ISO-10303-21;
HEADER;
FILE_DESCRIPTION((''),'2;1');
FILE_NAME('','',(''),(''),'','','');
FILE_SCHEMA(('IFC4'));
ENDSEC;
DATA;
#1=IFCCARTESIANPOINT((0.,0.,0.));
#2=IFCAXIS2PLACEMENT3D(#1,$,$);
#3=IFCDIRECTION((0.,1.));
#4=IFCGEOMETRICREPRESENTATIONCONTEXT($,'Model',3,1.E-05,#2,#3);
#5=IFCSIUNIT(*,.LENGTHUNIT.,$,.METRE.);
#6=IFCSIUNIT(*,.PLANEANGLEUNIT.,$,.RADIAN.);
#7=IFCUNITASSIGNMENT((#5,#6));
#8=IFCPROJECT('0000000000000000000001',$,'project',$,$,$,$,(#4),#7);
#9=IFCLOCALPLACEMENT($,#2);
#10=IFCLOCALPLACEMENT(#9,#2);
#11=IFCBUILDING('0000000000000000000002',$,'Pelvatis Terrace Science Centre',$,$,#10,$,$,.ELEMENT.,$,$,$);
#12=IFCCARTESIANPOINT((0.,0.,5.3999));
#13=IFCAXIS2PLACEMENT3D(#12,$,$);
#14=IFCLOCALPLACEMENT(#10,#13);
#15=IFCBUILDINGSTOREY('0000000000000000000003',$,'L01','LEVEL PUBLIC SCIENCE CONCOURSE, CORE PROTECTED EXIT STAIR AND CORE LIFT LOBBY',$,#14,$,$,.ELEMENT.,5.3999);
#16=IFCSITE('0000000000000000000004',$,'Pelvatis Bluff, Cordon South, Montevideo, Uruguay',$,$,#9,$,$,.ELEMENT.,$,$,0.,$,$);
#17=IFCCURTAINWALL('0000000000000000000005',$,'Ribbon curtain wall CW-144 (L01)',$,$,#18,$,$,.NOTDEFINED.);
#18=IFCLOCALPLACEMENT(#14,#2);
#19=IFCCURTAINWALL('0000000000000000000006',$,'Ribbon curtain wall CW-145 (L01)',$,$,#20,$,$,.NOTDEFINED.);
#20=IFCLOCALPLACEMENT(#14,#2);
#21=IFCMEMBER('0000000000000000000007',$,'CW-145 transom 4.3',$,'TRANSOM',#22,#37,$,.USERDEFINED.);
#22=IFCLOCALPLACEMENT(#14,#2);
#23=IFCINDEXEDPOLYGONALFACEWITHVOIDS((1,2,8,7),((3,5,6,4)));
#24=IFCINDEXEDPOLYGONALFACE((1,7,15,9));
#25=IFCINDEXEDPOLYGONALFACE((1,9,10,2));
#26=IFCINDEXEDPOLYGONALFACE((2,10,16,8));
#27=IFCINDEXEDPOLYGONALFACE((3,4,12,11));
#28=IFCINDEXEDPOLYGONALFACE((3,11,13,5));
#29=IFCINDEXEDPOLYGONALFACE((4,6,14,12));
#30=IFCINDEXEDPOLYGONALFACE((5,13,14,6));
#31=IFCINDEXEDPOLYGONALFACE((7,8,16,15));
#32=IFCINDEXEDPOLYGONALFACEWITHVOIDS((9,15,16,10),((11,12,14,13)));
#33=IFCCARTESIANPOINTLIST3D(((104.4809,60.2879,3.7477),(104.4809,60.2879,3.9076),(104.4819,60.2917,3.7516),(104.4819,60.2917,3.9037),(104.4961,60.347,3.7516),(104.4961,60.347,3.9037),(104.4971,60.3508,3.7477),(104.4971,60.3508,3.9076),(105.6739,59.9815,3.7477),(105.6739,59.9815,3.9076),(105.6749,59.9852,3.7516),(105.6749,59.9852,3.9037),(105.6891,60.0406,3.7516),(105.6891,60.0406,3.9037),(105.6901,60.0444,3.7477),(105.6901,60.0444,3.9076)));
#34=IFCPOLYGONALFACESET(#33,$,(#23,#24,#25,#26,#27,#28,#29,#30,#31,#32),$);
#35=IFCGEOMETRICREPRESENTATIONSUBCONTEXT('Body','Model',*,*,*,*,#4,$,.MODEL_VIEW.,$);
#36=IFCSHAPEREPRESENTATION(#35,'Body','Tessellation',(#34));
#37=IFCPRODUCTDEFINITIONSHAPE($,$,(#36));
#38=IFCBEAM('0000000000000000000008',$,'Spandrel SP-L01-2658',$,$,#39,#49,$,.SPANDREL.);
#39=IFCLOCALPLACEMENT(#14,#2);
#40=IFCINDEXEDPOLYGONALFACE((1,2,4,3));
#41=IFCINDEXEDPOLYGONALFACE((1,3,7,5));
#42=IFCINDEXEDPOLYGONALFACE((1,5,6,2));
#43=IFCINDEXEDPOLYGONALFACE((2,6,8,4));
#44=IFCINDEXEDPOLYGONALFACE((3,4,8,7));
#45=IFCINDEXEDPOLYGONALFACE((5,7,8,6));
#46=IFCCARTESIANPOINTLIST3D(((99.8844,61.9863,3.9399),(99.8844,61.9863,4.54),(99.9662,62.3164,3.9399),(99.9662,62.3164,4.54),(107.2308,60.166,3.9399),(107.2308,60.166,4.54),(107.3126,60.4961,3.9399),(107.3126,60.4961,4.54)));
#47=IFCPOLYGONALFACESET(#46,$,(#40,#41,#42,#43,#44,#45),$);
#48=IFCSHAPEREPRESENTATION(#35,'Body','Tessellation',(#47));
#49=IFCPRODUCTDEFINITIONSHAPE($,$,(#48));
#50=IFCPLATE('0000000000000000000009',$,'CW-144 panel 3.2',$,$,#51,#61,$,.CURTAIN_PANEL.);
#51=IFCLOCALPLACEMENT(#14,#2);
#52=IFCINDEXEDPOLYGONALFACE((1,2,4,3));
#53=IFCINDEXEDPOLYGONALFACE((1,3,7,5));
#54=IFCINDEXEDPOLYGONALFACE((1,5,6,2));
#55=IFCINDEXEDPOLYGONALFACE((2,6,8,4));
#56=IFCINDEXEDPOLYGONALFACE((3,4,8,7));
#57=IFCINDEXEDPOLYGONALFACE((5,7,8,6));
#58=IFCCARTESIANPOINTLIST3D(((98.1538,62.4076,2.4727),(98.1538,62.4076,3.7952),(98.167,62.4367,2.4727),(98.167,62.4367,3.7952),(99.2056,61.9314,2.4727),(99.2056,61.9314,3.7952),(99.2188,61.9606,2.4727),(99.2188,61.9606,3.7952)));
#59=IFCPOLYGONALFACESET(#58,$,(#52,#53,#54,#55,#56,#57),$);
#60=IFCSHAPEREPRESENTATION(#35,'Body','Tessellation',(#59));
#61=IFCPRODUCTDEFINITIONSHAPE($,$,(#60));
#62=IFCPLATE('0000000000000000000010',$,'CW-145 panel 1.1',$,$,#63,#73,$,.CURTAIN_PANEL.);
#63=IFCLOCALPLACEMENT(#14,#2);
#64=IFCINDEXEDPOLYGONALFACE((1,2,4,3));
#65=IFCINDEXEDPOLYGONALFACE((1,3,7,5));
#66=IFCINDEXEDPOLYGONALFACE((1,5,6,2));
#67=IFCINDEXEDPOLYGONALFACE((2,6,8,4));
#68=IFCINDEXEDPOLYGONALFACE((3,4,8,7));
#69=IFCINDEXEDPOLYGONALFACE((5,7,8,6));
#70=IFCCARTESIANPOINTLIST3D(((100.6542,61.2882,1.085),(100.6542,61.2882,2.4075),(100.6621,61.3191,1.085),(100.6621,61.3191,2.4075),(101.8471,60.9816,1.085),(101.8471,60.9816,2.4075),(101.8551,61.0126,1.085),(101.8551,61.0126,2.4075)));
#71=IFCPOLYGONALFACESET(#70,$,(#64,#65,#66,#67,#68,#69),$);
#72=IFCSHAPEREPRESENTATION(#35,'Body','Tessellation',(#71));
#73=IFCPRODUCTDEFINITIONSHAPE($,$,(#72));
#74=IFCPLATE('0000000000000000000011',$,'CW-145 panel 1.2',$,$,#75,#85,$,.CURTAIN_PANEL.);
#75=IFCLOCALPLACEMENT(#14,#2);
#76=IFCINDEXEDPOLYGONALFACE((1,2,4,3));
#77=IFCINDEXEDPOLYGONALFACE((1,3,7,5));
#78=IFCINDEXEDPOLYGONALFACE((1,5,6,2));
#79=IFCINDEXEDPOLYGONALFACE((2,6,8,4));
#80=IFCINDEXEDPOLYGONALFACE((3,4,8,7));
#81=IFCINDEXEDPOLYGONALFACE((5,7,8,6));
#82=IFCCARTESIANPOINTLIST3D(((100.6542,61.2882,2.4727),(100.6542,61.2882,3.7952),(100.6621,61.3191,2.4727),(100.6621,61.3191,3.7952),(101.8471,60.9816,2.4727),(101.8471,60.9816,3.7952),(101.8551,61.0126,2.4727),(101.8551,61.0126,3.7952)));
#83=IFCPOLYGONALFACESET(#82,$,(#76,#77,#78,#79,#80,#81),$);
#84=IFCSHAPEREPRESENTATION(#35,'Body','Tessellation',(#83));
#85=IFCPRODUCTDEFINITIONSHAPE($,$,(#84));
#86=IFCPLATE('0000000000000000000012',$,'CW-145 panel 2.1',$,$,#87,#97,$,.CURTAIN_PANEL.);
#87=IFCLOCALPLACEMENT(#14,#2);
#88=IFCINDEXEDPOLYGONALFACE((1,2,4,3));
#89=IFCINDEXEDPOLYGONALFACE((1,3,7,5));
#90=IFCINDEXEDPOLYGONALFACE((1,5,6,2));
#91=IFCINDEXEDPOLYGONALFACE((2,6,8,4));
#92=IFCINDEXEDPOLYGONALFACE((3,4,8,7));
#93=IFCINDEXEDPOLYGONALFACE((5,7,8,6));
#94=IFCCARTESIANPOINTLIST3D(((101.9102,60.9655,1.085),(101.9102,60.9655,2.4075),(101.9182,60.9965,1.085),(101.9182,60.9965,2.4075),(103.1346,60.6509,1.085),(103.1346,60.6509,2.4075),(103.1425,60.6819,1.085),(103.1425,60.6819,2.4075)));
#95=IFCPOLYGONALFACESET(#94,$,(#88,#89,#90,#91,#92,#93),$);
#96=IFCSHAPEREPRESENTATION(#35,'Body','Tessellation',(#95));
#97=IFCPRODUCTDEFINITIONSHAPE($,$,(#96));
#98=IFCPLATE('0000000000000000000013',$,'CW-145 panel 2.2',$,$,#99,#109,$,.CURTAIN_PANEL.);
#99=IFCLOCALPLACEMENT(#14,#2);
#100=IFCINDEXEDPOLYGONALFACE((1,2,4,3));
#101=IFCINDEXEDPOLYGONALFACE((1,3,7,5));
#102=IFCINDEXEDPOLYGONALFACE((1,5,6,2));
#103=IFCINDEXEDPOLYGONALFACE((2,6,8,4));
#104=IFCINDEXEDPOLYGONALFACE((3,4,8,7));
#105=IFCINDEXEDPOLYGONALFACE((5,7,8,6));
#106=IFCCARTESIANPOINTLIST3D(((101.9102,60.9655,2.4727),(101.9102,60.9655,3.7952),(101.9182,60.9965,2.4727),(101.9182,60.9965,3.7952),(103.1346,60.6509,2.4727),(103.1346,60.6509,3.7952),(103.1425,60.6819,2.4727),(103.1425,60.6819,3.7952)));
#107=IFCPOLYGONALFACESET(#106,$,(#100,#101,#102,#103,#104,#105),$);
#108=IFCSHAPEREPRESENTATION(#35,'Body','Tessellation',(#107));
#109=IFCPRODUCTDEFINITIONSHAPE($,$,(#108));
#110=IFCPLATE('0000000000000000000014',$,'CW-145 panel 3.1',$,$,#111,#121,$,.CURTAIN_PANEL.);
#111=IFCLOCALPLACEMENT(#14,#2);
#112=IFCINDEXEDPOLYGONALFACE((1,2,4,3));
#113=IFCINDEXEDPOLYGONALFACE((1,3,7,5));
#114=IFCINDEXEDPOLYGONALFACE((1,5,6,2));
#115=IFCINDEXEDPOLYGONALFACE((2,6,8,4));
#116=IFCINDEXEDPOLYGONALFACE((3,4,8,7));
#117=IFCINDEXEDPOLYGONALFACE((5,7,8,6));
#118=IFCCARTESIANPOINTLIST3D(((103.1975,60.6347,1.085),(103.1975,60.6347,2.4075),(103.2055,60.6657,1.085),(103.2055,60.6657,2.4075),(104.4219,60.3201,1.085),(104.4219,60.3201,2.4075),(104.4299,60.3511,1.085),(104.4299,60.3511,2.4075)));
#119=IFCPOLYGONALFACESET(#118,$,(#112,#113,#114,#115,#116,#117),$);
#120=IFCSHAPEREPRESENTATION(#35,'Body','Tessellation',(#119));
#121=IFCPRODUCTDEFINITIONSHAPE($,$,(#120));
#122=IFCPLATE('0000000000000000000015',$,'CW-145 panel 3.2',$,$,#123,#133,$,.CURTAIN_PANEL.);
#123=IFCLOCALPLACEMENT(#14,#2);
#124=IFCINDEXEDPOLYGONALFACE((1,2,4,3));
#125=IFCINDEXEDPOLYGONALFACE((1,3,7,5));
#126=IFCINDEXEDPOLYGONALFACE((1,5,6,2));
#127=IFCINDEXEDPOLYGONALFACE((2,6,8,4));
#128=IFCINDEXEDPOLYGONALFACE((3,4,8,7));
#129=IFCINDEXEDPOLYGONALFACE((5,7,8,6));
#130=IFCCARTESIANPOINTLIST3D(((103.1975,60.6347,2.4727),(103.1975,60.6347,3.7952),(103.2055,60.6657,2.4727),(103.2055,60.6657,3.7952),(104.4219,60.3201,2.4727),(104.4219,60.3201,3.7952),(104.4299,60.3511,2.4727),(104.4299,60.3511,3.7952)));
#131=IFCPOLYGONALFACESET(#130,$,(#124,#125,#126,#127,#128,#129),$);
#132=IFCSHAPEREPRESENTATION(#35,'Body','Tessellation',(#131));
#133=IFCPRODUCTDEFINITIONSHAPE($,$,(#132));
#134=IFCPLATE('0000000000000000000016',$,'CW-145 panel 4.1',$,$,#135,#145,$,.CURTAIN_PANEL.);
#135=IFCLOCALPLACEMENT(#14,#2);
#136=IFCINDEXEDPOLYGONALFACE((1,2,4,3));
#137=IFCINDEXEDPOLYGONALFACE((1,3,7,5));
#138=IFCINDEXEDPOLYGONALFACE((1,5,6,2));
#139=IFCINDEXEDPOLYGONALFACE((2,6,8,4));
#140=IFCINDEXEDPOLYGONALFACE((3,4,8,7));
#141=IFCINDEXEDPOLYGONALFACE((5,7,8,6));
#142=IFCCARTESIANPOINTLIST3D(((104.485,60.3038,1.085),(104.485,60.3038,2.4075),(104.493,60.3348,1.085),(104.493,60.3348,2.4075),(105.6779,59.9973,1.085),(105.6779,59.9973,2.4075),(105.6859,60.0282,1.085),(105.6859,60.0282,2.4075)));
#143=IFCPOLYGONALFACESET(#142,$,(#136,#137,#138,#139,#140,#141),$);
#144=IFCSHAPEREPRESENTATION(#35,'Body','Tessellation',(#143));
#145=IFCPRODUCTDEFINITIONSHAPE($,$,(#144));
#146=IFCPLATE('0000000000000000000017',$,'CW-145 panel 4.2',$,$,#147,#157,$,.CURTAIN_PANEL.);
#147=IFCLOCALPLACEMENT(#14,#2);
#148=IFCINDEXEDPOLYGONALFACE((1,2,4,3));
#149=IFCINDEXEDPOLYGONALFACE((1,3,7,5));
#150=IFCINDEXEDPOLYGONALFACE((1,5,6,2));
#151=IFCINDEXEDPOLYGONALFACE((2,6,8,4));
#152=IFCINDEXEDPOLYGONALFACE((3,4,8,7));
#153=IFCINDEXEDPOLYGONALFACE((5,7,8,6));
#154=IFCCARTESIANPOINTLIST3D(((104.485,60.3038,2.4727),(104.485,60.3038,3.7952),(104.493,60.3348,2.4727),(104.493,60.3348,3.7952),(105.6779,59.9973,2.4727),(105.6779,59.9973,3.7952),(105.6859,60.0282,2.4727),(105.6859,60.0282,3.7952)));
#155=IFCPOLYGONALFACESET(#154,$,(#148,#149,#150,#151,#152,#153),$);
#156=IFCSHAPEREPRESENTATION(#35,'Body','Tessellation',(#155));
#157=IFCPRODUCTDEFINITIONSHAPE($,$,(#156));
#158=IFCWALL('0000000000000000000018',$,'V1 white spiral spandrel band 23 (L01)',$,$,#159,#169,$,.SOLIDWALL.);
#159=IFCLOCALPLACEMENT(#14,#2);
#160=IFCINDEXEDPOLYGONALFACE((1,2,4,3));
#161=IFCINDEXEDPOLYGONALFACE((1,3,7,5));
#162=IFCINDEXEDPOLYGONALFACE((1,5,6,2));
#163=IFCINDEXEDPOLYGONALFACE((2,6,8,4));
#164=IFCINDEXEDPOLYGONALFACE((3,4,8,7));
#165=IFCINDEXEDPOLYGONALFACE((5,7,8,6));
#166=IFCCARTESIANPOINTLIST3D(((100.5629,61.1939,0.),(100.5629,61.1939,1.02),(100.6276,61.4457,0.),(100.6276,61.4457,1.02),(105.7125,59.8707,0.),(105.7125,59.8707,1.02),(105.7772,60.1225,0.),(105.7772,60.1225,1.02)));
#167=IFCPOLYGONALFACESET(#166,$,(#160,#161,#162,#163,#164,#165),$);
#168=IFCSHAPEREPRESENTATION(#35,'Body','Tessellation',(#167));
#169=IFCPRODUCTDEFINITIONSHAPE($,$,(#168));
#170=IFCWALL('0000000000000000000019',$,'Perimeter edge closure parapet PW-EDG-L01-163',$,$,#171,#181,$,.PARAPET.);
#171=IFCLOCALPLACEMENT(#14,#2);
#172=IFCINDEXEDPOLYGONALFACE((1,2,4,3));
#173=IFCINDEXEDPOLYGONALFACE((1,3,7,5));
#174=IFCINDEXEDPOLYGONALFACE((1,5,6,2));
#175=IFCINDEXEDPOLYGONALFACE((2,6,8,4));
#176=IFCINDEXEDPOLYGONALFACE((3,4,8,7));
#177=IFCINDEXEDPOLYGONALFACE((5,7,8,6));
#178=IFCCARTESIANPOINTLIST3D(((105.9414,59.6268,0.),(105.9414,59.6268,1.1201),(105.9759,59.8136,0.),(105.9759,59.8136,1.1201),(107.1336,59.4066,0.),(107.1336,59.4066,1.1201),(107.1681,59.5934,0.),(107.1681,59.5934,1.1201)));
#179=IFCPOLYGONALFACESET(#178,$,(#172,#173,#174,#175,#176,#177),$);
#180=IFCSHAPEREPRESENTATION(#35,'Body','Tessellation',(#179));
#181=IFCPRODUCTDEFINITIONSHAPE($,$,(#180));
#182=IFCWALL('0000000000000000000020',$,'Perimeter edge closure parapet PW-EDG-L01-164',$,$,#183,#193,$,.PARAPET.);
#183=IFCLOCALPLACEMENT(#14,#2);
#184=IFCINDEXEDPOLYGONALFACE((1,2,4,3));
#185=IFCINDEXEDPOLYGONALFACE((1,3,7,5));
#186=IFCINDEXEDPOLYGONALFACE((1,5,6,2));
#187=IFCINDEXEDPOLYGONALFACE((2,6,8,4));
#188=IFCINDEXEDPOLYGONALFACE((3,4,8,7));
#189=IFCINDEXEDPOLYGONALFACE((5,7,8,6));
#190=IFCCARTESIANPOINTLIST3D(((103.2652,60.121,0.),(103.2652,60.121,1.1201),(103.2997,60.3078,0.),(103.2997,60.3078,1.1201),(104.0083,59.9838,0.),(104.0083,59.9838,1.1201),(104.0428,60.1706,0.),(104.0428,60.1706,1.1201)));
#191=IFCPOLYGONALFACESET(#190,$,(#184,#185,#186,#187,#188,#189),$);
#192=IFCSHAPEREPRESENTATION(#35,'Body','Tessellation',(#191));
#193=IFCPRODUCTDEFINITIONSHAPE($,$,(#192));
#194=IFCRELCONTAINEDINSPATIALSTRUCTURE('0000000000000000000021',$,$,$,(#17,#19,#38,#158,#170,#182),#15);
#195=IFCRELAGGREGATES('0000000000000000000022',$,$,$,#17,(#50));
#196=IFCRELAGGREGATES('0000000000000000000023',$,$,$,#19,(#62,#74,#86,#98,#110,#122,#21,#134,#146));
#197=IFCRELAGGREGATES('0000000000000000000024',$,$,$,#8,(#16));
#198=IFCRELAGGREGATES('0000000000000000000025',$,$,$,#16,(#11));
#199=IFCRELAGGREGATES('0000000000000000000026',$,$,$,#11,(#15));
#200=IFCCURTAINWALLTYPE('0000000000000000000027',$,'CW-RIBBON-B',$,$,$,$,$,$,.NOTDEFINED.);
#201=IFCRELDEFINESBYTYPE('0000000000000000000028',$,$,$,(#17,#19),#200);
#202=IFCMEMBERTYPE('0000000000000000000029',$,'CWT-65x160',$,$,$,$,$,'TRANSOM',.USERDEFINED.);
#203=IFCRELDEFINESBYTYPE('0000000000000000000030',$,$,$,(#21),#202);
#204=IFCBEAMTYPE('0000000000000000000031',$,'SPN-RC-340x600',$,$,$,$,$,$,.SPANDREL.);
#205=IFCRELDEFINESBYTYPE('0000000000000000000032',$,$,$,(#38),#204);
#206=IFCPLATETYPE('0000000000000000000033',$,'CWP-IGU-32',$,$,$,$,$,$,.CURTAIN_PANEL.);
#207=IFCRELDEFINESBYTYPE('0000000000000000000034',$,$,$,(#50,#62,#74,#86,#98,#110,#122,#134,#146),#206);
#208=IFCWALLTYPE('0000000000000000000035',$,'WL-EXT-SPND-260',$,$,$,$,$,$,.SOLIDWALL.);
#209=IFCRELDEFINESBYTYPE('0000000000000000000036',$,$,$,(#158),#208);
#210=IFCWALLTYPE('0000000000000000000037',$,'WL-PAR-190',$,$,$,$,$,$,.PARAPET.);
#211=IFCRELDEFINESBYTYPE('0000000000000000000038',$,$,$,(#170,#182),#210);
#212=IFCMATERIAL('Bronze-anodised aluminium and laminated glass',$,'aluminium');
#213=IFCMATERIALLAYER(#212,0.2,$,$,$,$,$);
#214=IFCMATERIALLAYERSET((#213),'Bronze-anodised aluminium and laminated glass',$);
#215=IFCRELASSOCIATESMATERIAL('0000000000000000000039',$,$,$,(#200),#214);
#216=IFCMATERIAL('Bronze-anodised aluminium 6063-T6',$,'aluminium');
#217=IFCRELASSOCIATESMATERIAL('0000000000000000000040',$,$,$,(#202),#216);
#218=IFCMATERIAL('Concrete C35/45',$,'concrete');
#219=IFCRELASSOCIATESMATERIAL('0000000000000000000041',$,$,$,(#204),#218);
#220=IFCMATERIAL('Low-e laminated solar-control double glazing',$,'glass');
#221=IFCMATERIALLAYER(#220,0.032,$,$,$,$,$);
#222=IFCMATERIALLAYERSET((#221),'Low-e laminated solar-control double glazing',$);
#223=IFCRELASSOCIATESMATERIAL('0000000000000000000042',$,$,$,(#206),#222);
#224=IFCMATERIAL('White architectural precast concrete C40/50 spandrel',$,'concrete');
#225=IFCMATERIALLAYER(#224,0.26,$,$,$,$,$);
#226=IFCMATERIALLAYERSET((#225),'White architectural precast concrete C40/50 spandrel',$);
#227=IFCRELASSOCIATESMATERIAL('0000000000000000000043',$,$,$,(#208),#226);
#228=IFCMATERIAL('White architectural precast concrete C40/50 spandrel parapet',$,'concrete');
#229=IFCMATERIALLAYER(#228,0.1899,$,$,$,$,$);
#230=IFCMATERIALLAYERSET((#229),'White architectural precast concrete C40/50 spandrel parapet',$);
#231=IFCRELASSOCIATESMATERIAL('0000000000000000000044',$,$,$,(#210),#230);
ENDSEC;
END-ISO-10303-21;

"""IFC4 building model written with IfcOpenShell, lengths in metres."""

from ifc_helpers import new_model, si_unit, direction, frame, frame_2d, origin, origin_2d, place, context, subcontext, project, spatial, rectangle, hollow_rectangle, extrude, material, layer, layer_set, material_profile, profile_set, type_object, element, aggregate, save


model = new_model("IFC4")

# Units and contexts
model_context = context("Model", 3, precision=1e-05, world=origin(), true_north=direction((0.0, 1.0)))
body_context = subcontext(model_context, "Body", "Model", "MODEL_VIEW")
ifc_project = project(units=[si_unit("LENGTHUNIT", "METRE"), si_unit("PLANEANGLEUNIT", "RADIAN")], contexts=[model_context])

# Site, building, storey
site_placement = place(None, origin())
site = spatial("IfcSite", under=ifc_project, at=site_placement, Name="Pelvatis Bluff, Cordon South, Montevideo, Uruguay", CompositionType="ELEMENT", RefElevation=0.0)
building_placement = place(site_placement, origin())
building = spatial("IfcBuilding", under=site, at=building_placement, Name="Pelvatis Terrace Science Centre", CompositionType="ELEMENT")
storey_placement = place(building_placement, frame((0.0, 0.0, 5.3999)))
storey = spatial("IfcBuildingStorey", under=building, at=storey_placement, Name="L01", Description="LEVEL PUBLIC SCIENCE CONCOURSE, CORE PROTECTED EXIT STAIR AND CORE LIFT LOBBY", CompositionType="ELEMENT", Elevation=5.3999)

# Curtain wall
ifc_material_1 = material(Name="Bronze-anodised aluminium and laminated glass", Category="aluminium")
ifc_layer_1 = layer(ifc_material_1, 0.2)
ifc_layer_set_1 = layer_set([ifc_layer_1], Name="Bronze-anodised aluminium and laminated glass")
curtain_wall_type = type_object("IfcCurtainWallType", Name="CW-RIBBON-B", PredefinedType="NOTDEFINED", material=ifc_layer_set_1)
curtain_wall_1_placement = place(storey_placement, origin())
curtain_wall_1 = element("IfcCurtainWall", 1, at=curtain_wall_1_placement, inside=storey, type_object=curtain_wall_type, Name="Ribbon curtain wall CW-144 (L01)", PredefinedType="NOTDEFINED")

# Curtain wall, member
curtain_wall_2_placement = place(storey_placement, origin())
curtain_wall_2 = element("IfcCurtainWall", 2, at=curtain_wall_2_placement, inside=storey, type_object=curtain_wall_type, Name="Ribbon curtain wall CW-145 (L01)", PredefinedType="NOTDEFINED")
ifc_material_2 = material(Name="Bronze-anodised aluminium 6063-T6", Category="aluminium")
ifc_material_profile_1 = material_profile(ifc_material_2, hollow_rectangle(XDim=0.0649, YDim=0.1599, WallThickness=0.0039, at=origin_2d()), Name="ALU-TRN 65x160")
ifc_profile_set_1 = profile_set([ifc_material_profile_1], Name="Bronze-anodised aluminium 6063-T6")
member_type_1 = type_object("IfcMemberType", Name="CWT-65x160", ElementType="TRANSOM", PredefinedType="USERDEFINED", material=ifc_profile_set_1)
member_1_placement = place(storey_placement, frame((104.489, 60.3193, 3.8276), z_axis=(0.96856, -0.248781, 0.0), x_axis=(0.248781, 0.96856, 0.0)))
member_1 = element("IfcMember", 3, at=member_1_placement, type_object=member_type_1, Name="CW-145 transom 4.3", ObjectType="TRANSOM", PredefinedType="USERDEFINED", context=body_context, shape_type="SweptSolid", body=[
    extrude(hollow_rectangle(XDim=0.0649, YDim=0.1599, WallThickness=0.0039, at=origin_2d()), origin(), (0.0, 0.0, 1.0), 1.2317),
])

# Beam
ifc_material_3 = material(Name="Concrete C35/45", Category="concrete")
ifc_material_profile_2 = material_profile(ifc_material_3, rectangle(XDim=0.3401, YDim=0.6001, at=origin_2d()), Name="RC-SPN 340x600")
ifc_profile_set_2 = profile_set([ifc_material_profile_2], Name="Concrete C35/45")
beam_type_1 = type_object("IfcBeamType", Name="SPN-RC-340x600", PredefinedType="SPANDREL", material=ifc_profile_set_2)
beam_1_placement = place(storey_placement, frame((99.9253, 62.1514, 4.24), z_axis=(0.970647, -0.240509, 0.0), x_axis=(0.240509, 0.970647, 0.0)))
element("IfcBeam", 4, at=beam_1_placement, inside=storey, type_object=beam_type_1, Name="Spandrel SP-L01-2658", PredefinedType="SPANDREL", context=body_context, shape_type="SweptSolid", body=[
    extrude(rectangle(XDim=0.3401, YDim=0.6001, at=origin_2d()), origin(), (0.0, 0.0, 1.0), 7.5686),
])

# Plates
ifc_material_4 = material(Name="Low-e laminated solar-control double glazing", Category="glass")
ifc_layer_2 = layer(ifc_material_4, 0.032)
ifc_layer_set_2 = layer_set([ifc_layer_2], Name="Low-e laminated solar-control double glazing")
plate_type = type_object("IfcPlateType", Name="CWP-IGU-32", PredefinedType="CURTAIN_PANEL", material=ifc_layer_set_2)
plate_1_placement = place(storey_placement, frame((98.6863, 62.1841, 2.4727), z_axis=(0.0, 0.0, 1.0), x_axis=(0.910989, -0.41243, 0.0)))
plate_1 = element("IfcPlate", 5, at=plate_1_placement, type_object=plate_type, Name="CW-144 panel 3.2", PredefinedType="CURTAIN_PANEL", context=body_context, shape_type="SweptSolid", body=[
    extrude(rectangle(XDim=1.1545, YDim=0.032, at=origin_2d()), origin(), (0.0, 0.0, 1.0), 1.3225),
])
aggregate(curtain_wall_1, [plate_1])
plate_2_placement = place(storey_placement, frame((101.2546, 61.1504, 1.085), z_axis=(0.0, 0.0, 1.0), x_axis=(0.968541, -0.248855, 0.0)))
plate_2 = element("IfcPlate", 6, at=plate_2_placement, type_object=plate_type, Name="CW-145 panel 1.1", PredefinedType="CURTAIN_PANEL", context=body_context, shape_type="SweptSolid", body=[
    extrude(rectangle(XDim=1.2317, YDim=0.032, at=origin_2d()), origin(), (0.0, 0.0, 1.0), 1.3225),
])
plate_3_placement = place(storey_placement, frame((101.2546, 61.1504, 2.4727), z_axis=(0.0, 0.0, 1.0), x_axis=(0.968541, -0.248855, 0.0)))
plate_3 = element("IfcPlate", 7, at=plate_3_placement, type_object=plate_type, Name="CW-145 panel 1.2", PredefinedType="CURTAIN_PANEL", context=body_context, shape_type="SweptSolid", body=[
    extrude(rectangle(XDim=1.2317, YDim=0.032, at=origin_2d()), origin(), (0.0, 0.0, 1.0), 1.3225),
])
plate_4_placement = place(storey_placement, frame((102.5264, 60.8237, 1.085), z_axis=(0.0, 0.0, 1.0), x_axis=(0.968541, -0.248855, 0.0)))
plate_4 = element("IfcPlate", 8, at=plate_4_placement, type_object=plate_type, Name="CW-145 panel 2.1", PredefinedType="CURTAIN_PANEL", context=body_context, shape_type="SweptSolid", body=[
    extrude(rectangle(XDim=1.2642, YDim=0.032, at=origin_2d()), origin(), (0.0, 0.0, 1.0), 1.3225),
])
plate_5_placement = place(storey_placement, frame((102.5264, 60.8237, 2.4727), z_axis=(0.0, 0.0, 1.0), x_axis=(0.968541, -0.248855, 0.0)))
plate_5 = element("IfcPlate", 9, at=plate_5_placement, type_object=plate_type, Name="CW-145 panel 2.2", PredefinedType="CURTAIN_PANEL", context=body_context, shape_type="SweptSolid", body=[
    extrude(rectangle(XDim=1.2642, YDim=0.032, at=origin_2d()), origin(), (0.0, 0.0, 1.0), 1.3225),
])
plate_6_placement = place(storey_placement, frame((103.8137, 60.4929, 1.085), z_axis=(0.0, 0.0, 1.0), x_axis=(0.968541, -0.248855, 0.0)))
plate_6 = element("IfcPlate", 10, at=plate_6_placement, type_object=plate_type, Name="CW-145 panel 3.1", PredefinedType="CURTAIN_PANEL", context=body_context, shape_type="SweptSolid", body=[
    extrude(rectangle(XDim=1.2642, YDim=0.032, at=origin_2d()), origin(), (0.0, 0.0, 1.0), 1.3225),
])
plate_7_placement = place(storey_placement, frame((103.8137, 60.4929, 2.4727), z_axis=(0.0, 0.0, 1.0), x_axis=(0.968541, -0.248855, 0.0)))
plate_7 = element("IfcPlate", 11, at=plate_7_placement, type_object=plate_type, Name="CW-145 panel 3.2", PredefinedType="CURTAIN_PANEL", context=body_context, shape_type="SweptSolid", body=[
    extrude(rectangle(XDim=1.2642, YDim=0.032, at=origin_2d()), origin(), (0.0, 0.0, 1.0), 1.3225),
])
plate_8_placement = place(storey_placement, frame((105.0854, 60.166, 1.085), z_axis=(0.0, 0.0, 1.0), x_axis=(0.968541, -0.248855, 0.0)))
plate_8 = element("IfcPlate", 12, at=plate_8_placement, type_object=plate_type, Name="CW-145 panel 4.1", PredefinedType="CURTAIN_PANEL", context=body_context, shape_type="SweptSolid", body=[
    extrude(rectangle(XDim=1.2317, YDim=0.032, at=origin_2d()), origin(), (0.0, 0.0, 1.0), 1.3225),
])
plate_9_placement = place(storey_placement, frame((105.0854, 60.166, 2.4727), z_axis=(0.0, 0.0, 1.0), x_axis=(0.968541, -0.248855, 0.0)))
plate_9 = element("IfcPlate", 13, at=plate_9_placement, type_object=plate_type, Name="CW-145 panel 4.2", PredefinedType="CURTAIN_PANEL", context=body_context, shape_type="SweptSolid", body=[
    extrude(rectangle(XDim=1.2317, YDim=0.032, at=origin_2d()), origin(), (0.0, 0.0, 1.0), 1.3225),
])
aggregate(curtain_wall_2, [plate_2, plate_3, plate_4, plate_5, plate_6, plate_7, member_1, plate_8, plate_9])

# Walls
ifc_material_5 = material(Name="White architectural precast concrete C40/50 spandrel", Category="concrete")
ifc_layer_3 = layer(ifc_material_5, 0.26)
ifc_layer_set_3 = layer_set([ifc_layer_3], Name="White architectural precast concrete C40/50 spandrel")
wall_type_1 = type_object("IfcWallType", Name="WL-EXT-SPND-260", PredefinedType="SOLIDWALL", material=ifc_layer_set_3)
wall_1_placement = place(storey_placement, frame((100.5952, 61.3198, 0.0), z_axis=(0.0, 0.0, 1.0), x_axis=(0.968536, -0.248872, 0.0)))
element("IfcWall", 14, at=wall_1_placement, inside=storey, type_object=wall_type_1, Name="V1 white spiral spandrel band 23 (L01)", PredefinedType="SOLIDWALL", context=body_context, shape_type="SweptSolid", body=[
    extrude(rectangle(XDim=5.3169, YDim=0.26, at=frame_2d((2.6584, 0.0))), origin(), (0.0, 0.0, 1.0), 1.02),
])
ifc_material_6 = material(Name="White architectural precast concrete C40/50 spandrel parapet", Category="concrete")
ifc_layer_4 = layer(ifc_material_6, 0.1899)
ifc_layer_set_4 = layer_set([ifc_layer_4], Name="White architectural precast concrete C40/50 spandrel parapet")
wall_type_2 = type_object("IfcWallType", Name="WL-PAR-190", PredefinedType="PARAPET", material=ifc_layer_set_4)
wall_2_placement = place(storey_placement, frame((107.1509, 59.5, 0.0), z_axis=(0.0, 0.0, 1.0), x_axis=(-0.983363, 0.181649, 0.0)))
element("IfcWall", 15, at=wall_2_placement, inside=storey, type_object=wall_type_2, Name="Perimeter edge closure parapet PW-EDG-L01-163", PredefinedType="PARAPET", context=body_context, shape_type="SweptSolid", body=[
    extrude(rectangle(XDim=1.2124, YDim=0.1899, at=frame_2d((0.6062, 0.0))), origin(), (0.0, 0.0, 1.0), 1.1201),
])
wall_3_placement = place(storey_placement, frame((104.0256, 60.0771, 0.0), z_axis=(0.0, 0.0, 1.0), x_axis=(-0.98338, 0.181557, 0.0)))
element("IfcWall", 16, at=wall_3_placement, inside=storey, type_object=wall_type_2, Name="Perimeter edge closure parapet PW-EDG-L01-164", PredefinedType="PARAPET", context=body_context, shape_type="SweptSolid", body=[
    extrude(rectangle(XDim=0.7556, YDim=0.1899, at=frame_2d((0.3779, 0.0))), origin(), (0.0, 0.0, 1.0), 1.1201),
])

save(model, "model.ifc")
